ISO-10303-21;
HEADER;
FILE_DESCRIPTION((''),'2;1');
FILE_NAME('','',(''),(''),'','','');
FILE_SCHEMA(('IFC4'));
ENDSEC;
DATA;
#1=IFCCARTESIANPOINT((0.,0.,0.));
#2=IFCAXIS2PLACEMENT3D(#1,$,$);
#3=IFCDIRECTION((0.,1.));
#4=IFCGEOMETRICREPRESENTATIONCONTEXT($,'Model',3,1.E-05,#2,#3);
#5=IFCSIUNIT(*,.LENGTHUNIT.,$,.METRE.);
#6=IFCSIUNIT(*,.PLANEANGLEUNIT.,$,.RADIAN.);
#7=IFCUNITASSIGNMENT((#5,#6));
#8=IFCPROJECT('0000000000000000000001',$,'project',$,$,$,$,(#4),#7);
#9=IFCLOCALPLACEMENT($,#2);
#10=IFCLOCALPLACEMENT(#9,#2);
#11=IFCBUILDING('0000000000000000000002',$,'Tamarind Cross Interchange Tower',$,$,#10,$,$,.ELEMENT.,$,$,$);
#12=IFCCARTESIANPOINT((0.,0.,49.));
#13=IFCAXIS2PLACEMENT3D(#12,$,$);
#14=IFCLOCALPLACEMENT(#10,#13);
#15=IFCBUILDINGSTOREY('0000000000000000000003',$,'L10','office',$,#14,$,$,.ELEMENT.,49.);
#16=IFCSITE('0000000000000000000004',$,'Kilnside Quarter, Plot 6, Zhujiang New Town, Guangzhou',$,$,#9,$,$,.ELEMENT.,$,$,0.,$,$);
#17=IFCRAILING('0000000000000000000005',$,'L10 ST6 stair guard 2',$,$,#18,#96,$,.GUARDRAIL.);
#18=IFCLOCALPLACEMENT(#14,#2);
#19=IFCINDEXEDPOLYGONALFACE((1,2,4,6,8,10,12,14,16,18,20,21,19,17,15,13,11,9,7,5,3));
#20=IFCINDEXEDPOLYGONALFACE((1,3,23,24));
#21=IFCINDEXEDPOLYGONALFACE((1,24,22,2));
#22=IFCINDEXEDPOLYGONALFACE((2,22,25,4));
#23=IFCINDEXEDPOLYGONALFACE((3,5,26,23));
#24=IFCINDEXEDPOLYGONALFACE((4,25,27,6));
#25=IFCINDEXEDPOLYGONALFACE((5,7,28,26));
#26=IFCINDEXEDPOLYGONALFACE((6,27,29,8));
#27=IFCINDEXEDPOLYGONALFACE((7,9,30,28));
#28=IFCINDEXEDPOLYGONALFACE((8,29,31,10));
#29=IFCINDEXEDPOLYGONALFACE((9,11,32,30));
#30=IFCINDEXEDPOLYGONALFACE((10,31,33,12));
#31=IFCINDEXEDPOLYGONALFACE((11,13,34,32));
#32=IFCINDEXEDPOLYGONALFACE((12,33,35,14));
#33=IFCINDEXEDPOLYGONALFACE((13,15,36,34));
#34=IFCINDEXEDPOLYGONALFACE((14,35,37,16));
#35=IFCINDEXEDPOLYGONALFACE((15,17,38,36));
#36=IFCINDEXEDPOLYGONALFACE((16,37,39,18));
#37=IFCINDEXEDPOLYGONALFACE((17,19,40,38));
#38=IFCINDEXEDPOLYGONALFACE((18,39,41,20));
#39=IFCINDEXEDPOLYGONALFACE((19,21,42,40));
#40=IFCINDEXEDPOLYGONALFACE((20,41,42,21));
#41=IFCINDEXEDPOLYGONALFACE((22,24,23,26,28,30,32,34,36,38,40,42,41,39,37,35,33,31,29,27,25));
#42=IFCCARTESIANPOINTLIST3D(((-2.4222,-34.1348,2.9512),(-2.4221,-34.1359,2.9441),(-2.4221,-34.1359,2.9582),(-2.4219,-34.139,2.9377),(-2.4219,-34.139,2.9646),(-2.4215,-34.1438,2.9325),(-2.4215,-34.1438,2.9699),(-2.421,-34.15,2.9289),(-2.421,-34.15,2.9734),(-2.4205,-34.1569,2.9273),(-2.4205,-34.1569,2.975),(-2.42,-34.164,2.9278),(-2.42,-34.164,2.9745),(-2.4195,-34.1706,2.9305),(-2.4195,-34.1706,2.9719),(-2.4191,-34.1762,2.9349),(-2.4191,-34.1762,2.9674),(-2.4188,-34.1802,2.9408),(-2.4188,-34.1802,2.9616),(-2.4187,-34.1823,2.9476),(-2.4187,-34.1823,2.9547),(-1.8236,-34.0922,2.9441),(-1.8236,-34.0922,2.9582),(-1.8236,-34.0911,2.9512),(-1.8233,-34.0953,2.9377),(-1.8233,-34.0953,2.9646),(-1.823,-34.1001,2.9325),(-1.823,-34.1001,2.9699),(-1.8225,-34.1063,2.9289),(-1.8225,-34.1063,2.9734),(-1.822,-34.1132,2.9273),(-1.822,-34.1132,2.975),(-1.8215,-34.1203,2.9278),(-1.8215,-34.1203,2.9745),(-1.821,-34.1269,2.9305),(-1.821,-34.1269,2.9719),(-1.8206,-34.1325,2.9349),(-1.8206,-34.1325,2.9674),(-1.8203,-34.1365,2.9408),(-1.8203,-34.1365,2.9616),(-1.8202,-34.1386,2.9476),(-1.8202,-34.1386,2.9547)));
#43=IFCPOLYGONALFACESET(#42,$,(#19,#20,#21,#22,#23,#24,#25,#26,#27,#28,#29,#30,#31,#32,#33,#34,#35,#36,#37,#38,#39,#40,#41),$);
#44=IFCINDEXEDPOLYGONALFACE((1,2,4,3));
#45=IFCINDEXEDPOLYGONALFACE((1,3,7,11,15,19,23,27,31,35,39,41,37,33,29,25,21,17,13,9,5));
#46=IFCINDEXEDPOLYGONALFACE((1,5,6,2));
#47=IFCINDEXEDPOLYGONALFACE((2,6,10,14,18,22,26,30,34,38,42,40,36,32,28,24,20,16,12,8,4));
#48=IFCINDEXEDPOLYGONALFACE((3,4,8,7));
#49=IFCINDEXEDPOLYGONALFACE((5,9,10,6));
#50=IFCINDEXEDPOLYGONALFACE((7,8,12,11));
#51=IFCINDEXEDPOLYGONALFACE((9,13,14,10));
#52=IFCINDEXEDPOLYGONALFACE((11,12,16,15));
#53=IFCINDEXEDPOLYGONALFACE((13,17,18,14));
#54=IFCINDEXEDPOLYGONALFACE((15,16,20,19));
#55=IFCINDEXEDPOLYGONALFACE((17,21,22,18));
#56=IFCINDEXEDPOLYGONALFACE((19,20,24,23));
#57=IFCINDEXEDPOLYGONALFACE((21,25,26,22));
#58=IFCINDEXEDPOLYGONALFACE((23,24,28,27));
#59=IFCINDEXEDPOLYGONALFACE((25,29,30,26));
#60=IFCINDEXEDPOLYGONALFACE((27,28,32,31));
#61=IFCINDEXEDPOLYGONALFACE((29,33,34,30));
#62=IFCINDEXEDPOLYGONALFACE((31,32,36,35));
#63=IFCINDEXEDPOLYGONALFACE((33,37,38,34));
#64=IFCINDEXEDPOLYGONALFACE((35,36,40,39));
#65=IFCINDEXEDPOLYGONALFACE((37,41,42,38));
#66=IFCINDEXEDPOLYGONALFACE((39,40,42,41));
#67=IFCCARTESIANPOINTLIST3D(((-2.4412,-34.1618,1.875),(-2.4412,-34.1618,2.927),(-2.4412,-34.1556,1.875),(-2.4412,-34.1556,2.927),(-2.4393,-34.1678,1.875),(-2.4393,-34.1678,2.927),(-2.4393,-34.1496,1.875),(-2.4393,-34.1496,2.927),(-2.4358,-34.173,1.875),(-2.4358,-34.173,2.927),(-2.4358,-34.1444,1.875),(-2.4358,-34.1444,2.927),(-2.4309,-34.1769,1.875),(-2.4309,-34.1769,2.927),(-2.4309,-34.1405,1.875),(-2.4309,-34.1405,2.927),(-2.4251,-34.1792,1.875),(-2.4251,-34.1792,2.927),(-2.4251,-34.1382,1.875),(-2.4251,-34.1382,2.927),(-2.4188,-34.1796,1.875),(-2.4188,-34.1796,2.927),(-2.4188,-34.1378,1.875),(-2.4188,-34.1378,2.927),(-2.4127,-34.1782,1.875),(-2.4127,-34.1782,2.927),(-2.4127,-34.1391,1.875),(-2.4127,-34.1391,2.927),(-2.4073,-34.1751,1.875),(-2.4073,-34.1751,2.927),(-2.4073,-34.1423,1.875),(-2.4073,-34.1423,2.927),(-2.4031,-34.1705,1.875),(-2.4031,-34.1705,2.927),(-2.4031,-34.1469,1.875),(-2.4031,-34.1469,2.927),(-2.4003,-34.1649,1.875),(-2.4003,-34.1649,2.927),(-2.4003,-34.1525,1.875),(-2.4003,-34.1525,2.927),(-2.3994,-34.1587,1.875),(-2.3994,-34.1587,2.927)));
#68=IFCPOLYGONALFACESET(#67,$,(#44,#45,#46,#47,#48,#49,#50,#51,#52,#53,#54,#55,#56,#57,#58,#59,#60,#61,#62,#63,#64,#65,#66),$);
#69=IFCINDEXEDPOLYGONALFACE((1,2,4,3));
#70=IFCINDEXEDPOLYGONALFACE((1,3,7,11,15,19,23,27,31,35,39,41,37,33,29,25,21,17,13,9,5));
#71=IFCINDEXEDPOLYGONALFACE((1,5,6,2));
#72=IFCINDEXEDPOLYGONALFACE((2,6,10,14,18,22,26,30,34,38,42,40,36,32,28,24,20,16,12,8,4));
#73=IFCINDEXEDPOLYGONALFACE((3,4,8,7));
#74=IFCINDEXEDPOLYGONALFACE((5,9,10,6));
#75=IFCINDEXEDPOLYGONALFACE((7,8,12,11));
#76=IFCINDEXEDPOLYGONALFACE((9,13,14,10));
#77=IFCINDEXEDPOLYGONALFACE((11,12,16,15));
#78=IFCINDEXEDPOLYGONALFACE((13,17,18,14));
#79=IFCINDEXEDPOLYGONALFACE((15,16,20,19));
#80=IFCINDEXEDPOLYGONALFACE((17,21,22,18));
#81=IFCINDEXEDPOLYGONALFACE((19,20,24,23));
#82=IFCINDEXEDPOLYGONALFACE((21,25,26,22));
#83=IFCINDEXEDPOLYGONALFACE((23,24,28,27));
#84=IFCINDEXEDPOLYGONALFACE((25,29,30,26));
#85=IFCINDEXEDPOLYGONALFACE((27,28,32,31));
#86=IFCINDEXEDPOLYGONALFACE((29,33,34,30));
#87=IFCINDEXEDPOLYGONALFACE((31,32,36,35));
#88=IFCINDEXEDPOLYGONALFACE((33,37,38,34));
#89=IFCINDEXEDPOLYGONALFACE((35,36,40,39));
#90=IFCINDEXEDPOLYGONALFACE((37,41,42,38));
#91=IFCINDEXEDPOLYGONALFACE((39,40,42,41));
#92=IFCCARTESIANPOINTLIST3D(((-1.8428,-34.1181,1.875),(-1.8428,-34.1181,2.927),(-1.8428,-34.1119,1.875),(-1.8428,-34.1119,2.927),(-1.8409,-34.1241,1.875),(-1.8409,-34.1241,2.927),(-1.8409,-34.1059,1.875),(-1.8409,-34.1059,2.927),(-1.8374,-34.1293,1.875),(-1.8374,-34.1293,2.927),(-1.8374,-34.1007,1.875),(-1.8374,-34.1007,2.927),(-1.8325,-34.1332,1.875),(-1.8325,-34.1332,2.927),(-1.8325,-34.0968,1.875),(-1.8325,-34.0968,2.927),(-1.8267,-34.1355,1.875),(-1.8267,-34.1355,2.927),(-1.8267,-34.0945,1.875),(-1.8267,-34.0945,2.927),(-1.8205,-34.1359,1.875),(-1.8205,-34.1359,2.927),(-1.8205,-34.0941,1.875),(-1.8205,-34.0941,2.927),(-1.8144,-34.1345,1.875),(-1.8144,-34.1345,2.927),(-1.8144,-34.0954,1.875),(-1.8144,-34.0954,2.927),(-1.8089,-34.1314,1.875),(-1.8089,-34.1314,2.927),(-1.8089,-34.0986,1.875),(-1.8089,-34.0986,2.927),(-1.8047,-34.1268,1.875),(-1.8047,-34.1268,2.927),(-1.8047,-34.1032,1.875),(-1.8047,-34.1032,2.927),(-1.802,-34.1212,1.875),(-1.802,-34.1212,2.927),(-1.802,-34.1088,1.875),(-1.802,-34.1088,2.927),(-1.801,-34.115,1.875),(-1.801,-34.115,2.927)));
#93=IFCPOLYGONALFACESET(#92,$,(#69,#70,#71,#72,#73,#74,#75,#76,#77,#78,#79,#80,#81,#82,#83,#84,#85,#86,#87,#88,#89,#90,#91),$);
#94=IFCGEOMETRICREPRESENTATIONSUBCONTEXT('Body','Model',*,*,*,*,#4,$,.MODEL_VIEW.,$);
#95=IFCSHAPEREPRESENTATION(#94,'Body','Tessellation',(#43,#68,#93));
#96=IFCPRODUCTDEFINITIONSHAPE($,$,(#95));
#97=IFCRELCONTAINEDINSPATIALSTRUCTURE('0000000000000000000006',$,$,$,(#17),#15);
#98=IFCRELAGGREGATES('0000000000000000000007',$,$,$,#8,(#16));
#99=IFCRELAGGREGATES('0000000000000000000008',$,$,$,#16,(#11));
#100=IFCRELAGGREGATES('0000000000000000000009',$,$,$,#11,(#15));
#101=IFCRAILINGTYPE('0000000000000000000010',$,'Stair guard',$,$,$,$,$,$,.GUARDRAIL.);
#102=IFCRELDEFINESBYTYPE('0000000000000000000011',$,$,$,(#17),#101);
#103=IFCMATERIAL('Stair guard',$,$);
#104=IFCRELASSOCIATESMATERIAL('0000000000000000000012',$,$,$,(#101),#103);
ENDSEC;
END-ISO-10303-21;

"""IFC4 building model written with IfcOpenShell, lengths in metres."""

from ifc_helpers import new_model, si_unit, direction, frame, origin, origin_2d, place, context, subcontext, project, spatial, circle, extrude, material, type_object, element, save


model = new_model("IFC4")

# Units and contexts
model_context = context("Model", 3, precision=1e-05, world=origin(), true_north=direction((0.0, 1.0)))
body_context = subcontext(model_context, "Body", "Model", "MODEL_VIEW")
ifc_project = project(units=[si_unit("LENGTHUNIT", "METRE"), si_unit("PLANEANGLEUNIT", "RADIAN")], contexts=[model_context])

# Site, building, storey
site_placement = place(None, origin())
site = spatial("IfcSite", under=ifc_project, at=site_placement, Name="Kilnside Quarter, Plot 6, Zhujiang New Town, Guangzhou", CompositionType="ELEMENT", RefElevation=0.0)
building_placement = place(site_placement, origin())
building = spatial("IfcBuilding", under=site, at=building_placement, Name="Tamarind Cross Interchange Tower", CompositionType="ELEMENT")
storey_placement = place(building_placement, frame((0.0, 0.0, 49.0)))
storey = spatial("IfcBuildingStorey", under=building, at=storey_placement, Name="L10", Description="office", CompositionType="ELEMENT", Elevation=49.0)

# Railing
ifc_material_1 = material(Name="Stair guard")
railing_type_1 = type_object("IfcRailingType", Name="Stair guard", PredefinedType="GUARDRAIL", material=ifc_material_1)
railing_1_placement = place(storey_placement, frame((-2.4204, -34.1587, 1.875)))
element("IfcRailing", 1, at=railing_1_placement, inside=storey, type_object=railing_type_1, Name="L10 ST6 stair guard 2", PredefinedType="GUARDRAIL", context=body_context, shape_type="SweptSolid", body=[
    extrude(circle(Radius=0.0239, at=origin_2d()), frame((0.0, 0.0, 1.0762), z_axis=(0.997344, 0.072837, 0.0), x_axis=(-0.072837, 0.997344, 0.0)), (0.0, 0.0, 1.0), 0.6001),
    extrude(circle(Radius=0.021, at=origin_2d()), origin(), (0.0, 0.0, 1.0), 1.052),
    extrude(circle(Radius=0.021, at=origin_2d()), frame((0.5984, 0.0437, 0.0)), (0.0, 0.0, 1.0), 1.052),
])

save(model, "model.ifc")
